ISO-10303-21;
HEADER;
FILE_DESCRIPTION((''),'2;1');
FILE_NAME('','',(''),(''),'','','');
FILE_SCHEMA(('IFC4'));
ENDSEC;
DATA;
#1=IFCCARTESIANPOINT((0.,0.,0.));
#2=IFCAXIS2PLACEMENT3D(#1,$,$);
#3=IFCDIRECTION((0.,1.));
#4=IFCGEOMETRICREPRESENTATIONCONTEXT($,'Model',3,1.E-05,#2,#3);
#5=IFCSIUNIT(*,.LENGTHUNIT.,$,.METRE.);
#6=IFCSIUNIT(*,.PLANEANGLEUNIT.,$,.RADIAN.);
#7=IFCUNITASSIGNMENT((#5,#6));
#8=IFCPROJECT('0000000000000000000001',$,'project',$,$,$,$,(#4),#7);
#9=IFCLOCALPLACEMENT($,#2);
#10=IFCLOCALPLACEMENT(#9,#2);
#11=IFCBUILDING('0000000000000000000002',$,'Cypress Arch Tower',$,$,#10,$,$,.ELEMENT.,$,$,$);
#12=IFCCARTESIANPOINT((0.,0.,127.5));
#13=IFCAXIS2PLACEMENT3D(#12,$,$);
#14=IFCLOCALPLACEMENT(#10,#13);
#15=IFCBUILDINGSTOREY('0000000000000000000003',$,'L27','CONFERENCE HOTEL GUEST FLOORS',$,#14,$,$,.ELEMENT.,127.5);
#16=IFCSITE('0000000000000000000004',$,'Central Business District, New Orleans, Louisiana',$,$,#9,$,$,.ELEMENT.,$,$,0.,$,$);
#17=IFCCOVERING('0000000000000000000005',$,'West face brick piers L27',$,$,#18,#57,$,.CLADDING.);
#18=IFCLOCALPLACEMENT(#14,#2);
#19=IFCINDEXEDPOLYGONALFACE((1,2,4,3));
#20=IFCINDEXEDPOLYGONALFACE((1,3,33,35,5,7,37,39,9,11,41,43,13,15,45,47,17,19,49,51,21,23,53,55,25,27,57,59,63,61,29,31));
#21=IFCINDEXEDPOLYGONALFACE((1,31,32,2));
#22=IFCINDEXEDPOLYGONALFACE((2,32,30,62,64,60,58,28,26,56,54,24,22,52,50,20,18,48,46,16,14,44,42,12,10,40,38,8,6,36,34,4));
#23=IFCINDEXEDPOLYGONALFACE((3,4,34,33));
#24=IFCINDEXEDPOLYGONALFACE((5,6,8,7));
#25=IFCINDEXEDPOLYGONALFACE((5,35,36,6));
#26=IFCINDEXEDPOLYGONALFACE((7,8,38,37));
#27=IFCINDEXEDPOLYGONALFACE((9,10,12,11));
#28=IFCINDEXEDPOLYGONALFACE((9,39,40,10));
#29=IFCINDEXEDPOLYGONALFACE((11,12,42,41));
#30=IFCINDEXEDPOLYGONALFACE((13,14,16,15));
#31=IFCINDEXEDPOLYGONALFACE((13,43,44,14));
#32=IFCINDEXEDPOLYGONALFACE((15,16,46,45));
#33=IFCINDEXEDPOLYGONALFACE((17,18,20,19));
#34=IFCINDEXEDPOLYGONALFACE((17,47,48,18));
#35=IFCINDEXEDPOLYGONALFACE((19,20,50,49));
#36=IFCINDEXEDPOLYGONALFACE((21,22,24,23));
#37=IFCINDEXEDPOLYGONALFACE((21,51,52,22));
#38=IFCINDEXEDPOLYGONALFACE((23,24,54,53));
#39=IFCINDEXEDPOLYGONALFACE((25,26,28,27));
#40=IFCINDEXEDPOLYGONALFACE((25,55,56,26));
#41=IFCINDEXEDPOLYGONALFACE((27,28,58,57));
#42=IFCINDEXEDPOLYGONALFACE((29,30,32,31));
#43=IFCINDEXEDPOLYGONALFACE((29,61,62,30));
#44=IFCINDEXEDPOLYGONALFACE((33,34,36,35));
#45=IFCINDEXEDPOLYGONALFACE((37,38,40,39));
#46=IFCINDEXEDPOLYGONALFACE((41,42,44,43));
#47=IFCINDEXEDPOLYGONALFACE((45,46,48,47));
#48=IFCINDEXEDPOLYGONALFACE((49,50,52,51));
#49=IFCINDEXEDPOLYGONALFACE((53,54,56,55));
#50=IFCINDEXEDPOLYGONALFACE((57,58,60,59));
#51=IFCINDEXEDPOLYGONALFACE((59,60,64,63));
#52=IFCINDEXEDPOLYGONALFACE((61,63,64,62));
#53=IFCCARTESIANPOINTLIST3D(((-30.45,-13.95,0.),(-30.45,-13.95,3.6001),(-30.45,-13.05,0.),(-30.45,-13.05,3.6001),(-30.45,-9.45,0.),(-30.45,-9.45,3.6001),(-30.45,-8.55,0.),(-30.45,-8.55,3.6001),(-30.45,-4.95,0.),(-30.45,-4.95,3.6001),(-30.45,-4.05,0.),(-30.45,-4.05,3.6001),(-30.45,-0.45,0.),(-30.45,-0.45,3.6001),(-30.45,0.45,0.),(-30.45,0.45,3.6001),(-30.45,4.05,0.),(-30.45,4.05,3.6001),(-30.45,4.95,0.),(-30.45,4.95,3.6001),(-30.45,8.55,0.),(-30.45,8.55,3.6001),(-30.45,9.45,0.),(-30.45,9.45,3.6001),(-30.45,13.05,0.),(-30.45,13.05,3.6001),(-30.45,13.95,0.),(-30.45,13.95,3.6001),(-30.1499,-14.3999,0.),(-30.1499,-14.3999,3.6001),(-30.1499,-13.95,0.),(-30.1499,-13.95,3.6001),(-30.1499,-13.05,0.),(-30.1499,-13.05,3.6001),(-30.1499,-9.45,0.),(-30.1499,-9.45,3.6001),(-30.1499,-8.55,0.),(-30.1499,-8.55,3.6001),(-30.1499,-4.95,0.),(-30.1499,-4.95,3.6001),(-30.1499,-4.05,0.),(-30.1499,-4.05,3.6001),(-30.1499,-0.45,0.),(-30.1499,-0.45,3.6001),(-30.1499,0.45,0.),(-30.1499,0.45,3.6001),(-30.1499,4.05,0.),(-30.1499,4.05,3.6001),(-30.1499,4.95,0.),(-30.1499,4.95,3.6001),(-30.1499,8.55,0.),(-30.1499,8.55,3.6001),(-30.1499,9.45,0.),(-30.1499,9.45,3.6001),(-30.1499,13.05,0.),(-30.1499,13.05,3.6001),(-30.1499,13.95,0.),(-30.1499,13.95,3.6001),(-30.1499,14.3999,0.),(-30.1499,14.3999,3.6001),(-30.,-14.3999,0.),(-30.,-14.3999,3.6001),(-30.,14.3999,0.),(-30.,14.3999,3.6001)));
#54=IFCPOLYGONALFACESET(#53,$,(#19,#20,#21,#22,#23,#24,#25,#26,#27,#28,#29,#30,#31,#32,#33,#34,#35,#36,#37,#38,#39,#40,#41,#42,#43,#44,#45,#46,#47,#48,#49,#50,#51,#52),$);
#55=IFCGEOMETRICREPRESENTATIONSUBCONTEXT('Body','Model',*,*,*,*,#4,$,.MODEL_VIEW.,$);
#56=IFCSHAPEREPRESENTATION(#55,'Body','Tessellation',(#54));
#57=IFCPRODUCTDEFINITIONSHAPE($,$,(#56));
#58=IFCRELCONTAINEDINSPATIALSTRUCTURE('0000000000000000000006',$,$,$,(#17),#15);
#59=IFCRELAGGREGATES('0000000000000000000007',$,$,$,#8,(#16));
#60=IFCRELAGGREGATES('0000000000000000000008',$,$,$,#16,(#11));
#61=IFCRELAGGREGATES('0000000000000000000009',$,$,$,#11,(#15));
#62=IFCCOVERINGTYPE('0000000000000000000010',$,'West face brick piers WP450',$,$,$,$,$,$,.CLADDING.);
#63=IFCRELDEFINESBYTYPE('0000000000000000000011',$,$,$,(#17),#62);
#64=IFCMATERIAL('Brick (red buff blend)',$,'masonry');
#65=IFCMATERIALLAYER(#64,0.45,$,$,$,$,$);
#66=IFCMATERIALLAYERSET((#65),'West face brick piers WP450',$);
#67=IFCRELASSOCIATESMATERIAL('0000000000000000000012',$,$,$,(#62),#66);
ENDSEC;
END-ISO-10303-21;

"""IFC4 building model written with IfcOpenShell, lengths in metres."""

from ifc_helpers import new_model, si_unit, direction, frame, origin, place, context, subcontext, project, spatial, polyline, outline, extrude, material, layer, layer_set, type_object, element, save


model = new_model("IFC4")

# Units and contexts
model_context = context("Model", 3, precision=1e-05, world=origin(), true_north=direction((0.0, 1.0)))
body_context = subcontext(model_context, "Body", "Model", "MODEL_VIEW")
ifc_project = project(units=[si_unit("LENGTHUNIT", "METRE"), si_unit("PLANEANGLEUNIT", "RADIAN")], contexts=[model_context])

# Site, building, storey
site_placement = place(None, origin())
site = spatial("IfcSite", under=ifc_project, at=site_placement, Name="Central Business District, New Orleans, Louisiana", CompositionType="ELEMENT", RefElevation=0.0)
building_placement = place(site_placement, origin())
building = spatial("IfcBuilding", under=site, at=building_placement, Name="Cypress Arch Tower", CompositionType="ELEMENT")
storey_placement = place(building_placement, frame((0.0, 0.0, 127.5)))
storey = spatial("IfcBuildingStorey", under=building, at=storey_placement, Name="L27", Description="CONFERENCE HOTEL GUEST FLOORS", CompositionType="ELEMENT", Elevation=127.5)

# Covering
ifc_material_1 = material(Name="Brick (red buff blend)", Category="masonry")
ifc_layer_1 = layer(ifc_material_1, 0.45)
ifc_layer_set_1 = layer_set([ifc_layer_1], Name="West face brick piers WP450")
covering_type_1 = type_object("IfcCoveringType", Name="West face brick piers WP450", PredefinedType="CLADDING", material=ifc_layer_set_1)
covering_1_placement = place(storey_placement, origin())
element("IfcCovering", 1, at=covering_1_placement, inside=storey, type_object=covering_type_1, Name="West face brick piers L27", PredefinedType="CLADDING", context=body_context, shape_type="SweptSolid", body=[
    extrude(outline(polyline([(-30.1499, -13.05), (-30.1499, -9.45), (-30.45, -9.45), (-30.45, -8.55), (-30.1499, -8.55), (-30.1499, -4.95), (-30.45, -4.95), (-30.45, -4.05), (-30.1499, -4.05), (-30.1499, -0.45), (-30.45, -0.45), (-30.45, 0.45), (-30.1499, 0.45), (-30.1499, 4.05), (-30.45, 4.05), (-30.45, 4.95), (-30.1499, 4.95), (-30.1499, 8.55), (-30.45, 8.55), (-30.45, 9.45), (-30.1499, 9.45), (-30.1499, 13.05), (-30.45, 13.05), (-30.45, 13.95), (-30.1499, 13.95), (-30.1499, 14.3999), (-30.0, 14.3999), (-30.0, -14.3999), (-30.1499, -14.3999), (-30.1499, -13.95), (-30.45, -13.95), (-30.45, -13.05), (-30.1499, -13.05)])), origin(), (0.0, 0.0, 1.0), 3.6001),
])

save(model, "model.ifc")
